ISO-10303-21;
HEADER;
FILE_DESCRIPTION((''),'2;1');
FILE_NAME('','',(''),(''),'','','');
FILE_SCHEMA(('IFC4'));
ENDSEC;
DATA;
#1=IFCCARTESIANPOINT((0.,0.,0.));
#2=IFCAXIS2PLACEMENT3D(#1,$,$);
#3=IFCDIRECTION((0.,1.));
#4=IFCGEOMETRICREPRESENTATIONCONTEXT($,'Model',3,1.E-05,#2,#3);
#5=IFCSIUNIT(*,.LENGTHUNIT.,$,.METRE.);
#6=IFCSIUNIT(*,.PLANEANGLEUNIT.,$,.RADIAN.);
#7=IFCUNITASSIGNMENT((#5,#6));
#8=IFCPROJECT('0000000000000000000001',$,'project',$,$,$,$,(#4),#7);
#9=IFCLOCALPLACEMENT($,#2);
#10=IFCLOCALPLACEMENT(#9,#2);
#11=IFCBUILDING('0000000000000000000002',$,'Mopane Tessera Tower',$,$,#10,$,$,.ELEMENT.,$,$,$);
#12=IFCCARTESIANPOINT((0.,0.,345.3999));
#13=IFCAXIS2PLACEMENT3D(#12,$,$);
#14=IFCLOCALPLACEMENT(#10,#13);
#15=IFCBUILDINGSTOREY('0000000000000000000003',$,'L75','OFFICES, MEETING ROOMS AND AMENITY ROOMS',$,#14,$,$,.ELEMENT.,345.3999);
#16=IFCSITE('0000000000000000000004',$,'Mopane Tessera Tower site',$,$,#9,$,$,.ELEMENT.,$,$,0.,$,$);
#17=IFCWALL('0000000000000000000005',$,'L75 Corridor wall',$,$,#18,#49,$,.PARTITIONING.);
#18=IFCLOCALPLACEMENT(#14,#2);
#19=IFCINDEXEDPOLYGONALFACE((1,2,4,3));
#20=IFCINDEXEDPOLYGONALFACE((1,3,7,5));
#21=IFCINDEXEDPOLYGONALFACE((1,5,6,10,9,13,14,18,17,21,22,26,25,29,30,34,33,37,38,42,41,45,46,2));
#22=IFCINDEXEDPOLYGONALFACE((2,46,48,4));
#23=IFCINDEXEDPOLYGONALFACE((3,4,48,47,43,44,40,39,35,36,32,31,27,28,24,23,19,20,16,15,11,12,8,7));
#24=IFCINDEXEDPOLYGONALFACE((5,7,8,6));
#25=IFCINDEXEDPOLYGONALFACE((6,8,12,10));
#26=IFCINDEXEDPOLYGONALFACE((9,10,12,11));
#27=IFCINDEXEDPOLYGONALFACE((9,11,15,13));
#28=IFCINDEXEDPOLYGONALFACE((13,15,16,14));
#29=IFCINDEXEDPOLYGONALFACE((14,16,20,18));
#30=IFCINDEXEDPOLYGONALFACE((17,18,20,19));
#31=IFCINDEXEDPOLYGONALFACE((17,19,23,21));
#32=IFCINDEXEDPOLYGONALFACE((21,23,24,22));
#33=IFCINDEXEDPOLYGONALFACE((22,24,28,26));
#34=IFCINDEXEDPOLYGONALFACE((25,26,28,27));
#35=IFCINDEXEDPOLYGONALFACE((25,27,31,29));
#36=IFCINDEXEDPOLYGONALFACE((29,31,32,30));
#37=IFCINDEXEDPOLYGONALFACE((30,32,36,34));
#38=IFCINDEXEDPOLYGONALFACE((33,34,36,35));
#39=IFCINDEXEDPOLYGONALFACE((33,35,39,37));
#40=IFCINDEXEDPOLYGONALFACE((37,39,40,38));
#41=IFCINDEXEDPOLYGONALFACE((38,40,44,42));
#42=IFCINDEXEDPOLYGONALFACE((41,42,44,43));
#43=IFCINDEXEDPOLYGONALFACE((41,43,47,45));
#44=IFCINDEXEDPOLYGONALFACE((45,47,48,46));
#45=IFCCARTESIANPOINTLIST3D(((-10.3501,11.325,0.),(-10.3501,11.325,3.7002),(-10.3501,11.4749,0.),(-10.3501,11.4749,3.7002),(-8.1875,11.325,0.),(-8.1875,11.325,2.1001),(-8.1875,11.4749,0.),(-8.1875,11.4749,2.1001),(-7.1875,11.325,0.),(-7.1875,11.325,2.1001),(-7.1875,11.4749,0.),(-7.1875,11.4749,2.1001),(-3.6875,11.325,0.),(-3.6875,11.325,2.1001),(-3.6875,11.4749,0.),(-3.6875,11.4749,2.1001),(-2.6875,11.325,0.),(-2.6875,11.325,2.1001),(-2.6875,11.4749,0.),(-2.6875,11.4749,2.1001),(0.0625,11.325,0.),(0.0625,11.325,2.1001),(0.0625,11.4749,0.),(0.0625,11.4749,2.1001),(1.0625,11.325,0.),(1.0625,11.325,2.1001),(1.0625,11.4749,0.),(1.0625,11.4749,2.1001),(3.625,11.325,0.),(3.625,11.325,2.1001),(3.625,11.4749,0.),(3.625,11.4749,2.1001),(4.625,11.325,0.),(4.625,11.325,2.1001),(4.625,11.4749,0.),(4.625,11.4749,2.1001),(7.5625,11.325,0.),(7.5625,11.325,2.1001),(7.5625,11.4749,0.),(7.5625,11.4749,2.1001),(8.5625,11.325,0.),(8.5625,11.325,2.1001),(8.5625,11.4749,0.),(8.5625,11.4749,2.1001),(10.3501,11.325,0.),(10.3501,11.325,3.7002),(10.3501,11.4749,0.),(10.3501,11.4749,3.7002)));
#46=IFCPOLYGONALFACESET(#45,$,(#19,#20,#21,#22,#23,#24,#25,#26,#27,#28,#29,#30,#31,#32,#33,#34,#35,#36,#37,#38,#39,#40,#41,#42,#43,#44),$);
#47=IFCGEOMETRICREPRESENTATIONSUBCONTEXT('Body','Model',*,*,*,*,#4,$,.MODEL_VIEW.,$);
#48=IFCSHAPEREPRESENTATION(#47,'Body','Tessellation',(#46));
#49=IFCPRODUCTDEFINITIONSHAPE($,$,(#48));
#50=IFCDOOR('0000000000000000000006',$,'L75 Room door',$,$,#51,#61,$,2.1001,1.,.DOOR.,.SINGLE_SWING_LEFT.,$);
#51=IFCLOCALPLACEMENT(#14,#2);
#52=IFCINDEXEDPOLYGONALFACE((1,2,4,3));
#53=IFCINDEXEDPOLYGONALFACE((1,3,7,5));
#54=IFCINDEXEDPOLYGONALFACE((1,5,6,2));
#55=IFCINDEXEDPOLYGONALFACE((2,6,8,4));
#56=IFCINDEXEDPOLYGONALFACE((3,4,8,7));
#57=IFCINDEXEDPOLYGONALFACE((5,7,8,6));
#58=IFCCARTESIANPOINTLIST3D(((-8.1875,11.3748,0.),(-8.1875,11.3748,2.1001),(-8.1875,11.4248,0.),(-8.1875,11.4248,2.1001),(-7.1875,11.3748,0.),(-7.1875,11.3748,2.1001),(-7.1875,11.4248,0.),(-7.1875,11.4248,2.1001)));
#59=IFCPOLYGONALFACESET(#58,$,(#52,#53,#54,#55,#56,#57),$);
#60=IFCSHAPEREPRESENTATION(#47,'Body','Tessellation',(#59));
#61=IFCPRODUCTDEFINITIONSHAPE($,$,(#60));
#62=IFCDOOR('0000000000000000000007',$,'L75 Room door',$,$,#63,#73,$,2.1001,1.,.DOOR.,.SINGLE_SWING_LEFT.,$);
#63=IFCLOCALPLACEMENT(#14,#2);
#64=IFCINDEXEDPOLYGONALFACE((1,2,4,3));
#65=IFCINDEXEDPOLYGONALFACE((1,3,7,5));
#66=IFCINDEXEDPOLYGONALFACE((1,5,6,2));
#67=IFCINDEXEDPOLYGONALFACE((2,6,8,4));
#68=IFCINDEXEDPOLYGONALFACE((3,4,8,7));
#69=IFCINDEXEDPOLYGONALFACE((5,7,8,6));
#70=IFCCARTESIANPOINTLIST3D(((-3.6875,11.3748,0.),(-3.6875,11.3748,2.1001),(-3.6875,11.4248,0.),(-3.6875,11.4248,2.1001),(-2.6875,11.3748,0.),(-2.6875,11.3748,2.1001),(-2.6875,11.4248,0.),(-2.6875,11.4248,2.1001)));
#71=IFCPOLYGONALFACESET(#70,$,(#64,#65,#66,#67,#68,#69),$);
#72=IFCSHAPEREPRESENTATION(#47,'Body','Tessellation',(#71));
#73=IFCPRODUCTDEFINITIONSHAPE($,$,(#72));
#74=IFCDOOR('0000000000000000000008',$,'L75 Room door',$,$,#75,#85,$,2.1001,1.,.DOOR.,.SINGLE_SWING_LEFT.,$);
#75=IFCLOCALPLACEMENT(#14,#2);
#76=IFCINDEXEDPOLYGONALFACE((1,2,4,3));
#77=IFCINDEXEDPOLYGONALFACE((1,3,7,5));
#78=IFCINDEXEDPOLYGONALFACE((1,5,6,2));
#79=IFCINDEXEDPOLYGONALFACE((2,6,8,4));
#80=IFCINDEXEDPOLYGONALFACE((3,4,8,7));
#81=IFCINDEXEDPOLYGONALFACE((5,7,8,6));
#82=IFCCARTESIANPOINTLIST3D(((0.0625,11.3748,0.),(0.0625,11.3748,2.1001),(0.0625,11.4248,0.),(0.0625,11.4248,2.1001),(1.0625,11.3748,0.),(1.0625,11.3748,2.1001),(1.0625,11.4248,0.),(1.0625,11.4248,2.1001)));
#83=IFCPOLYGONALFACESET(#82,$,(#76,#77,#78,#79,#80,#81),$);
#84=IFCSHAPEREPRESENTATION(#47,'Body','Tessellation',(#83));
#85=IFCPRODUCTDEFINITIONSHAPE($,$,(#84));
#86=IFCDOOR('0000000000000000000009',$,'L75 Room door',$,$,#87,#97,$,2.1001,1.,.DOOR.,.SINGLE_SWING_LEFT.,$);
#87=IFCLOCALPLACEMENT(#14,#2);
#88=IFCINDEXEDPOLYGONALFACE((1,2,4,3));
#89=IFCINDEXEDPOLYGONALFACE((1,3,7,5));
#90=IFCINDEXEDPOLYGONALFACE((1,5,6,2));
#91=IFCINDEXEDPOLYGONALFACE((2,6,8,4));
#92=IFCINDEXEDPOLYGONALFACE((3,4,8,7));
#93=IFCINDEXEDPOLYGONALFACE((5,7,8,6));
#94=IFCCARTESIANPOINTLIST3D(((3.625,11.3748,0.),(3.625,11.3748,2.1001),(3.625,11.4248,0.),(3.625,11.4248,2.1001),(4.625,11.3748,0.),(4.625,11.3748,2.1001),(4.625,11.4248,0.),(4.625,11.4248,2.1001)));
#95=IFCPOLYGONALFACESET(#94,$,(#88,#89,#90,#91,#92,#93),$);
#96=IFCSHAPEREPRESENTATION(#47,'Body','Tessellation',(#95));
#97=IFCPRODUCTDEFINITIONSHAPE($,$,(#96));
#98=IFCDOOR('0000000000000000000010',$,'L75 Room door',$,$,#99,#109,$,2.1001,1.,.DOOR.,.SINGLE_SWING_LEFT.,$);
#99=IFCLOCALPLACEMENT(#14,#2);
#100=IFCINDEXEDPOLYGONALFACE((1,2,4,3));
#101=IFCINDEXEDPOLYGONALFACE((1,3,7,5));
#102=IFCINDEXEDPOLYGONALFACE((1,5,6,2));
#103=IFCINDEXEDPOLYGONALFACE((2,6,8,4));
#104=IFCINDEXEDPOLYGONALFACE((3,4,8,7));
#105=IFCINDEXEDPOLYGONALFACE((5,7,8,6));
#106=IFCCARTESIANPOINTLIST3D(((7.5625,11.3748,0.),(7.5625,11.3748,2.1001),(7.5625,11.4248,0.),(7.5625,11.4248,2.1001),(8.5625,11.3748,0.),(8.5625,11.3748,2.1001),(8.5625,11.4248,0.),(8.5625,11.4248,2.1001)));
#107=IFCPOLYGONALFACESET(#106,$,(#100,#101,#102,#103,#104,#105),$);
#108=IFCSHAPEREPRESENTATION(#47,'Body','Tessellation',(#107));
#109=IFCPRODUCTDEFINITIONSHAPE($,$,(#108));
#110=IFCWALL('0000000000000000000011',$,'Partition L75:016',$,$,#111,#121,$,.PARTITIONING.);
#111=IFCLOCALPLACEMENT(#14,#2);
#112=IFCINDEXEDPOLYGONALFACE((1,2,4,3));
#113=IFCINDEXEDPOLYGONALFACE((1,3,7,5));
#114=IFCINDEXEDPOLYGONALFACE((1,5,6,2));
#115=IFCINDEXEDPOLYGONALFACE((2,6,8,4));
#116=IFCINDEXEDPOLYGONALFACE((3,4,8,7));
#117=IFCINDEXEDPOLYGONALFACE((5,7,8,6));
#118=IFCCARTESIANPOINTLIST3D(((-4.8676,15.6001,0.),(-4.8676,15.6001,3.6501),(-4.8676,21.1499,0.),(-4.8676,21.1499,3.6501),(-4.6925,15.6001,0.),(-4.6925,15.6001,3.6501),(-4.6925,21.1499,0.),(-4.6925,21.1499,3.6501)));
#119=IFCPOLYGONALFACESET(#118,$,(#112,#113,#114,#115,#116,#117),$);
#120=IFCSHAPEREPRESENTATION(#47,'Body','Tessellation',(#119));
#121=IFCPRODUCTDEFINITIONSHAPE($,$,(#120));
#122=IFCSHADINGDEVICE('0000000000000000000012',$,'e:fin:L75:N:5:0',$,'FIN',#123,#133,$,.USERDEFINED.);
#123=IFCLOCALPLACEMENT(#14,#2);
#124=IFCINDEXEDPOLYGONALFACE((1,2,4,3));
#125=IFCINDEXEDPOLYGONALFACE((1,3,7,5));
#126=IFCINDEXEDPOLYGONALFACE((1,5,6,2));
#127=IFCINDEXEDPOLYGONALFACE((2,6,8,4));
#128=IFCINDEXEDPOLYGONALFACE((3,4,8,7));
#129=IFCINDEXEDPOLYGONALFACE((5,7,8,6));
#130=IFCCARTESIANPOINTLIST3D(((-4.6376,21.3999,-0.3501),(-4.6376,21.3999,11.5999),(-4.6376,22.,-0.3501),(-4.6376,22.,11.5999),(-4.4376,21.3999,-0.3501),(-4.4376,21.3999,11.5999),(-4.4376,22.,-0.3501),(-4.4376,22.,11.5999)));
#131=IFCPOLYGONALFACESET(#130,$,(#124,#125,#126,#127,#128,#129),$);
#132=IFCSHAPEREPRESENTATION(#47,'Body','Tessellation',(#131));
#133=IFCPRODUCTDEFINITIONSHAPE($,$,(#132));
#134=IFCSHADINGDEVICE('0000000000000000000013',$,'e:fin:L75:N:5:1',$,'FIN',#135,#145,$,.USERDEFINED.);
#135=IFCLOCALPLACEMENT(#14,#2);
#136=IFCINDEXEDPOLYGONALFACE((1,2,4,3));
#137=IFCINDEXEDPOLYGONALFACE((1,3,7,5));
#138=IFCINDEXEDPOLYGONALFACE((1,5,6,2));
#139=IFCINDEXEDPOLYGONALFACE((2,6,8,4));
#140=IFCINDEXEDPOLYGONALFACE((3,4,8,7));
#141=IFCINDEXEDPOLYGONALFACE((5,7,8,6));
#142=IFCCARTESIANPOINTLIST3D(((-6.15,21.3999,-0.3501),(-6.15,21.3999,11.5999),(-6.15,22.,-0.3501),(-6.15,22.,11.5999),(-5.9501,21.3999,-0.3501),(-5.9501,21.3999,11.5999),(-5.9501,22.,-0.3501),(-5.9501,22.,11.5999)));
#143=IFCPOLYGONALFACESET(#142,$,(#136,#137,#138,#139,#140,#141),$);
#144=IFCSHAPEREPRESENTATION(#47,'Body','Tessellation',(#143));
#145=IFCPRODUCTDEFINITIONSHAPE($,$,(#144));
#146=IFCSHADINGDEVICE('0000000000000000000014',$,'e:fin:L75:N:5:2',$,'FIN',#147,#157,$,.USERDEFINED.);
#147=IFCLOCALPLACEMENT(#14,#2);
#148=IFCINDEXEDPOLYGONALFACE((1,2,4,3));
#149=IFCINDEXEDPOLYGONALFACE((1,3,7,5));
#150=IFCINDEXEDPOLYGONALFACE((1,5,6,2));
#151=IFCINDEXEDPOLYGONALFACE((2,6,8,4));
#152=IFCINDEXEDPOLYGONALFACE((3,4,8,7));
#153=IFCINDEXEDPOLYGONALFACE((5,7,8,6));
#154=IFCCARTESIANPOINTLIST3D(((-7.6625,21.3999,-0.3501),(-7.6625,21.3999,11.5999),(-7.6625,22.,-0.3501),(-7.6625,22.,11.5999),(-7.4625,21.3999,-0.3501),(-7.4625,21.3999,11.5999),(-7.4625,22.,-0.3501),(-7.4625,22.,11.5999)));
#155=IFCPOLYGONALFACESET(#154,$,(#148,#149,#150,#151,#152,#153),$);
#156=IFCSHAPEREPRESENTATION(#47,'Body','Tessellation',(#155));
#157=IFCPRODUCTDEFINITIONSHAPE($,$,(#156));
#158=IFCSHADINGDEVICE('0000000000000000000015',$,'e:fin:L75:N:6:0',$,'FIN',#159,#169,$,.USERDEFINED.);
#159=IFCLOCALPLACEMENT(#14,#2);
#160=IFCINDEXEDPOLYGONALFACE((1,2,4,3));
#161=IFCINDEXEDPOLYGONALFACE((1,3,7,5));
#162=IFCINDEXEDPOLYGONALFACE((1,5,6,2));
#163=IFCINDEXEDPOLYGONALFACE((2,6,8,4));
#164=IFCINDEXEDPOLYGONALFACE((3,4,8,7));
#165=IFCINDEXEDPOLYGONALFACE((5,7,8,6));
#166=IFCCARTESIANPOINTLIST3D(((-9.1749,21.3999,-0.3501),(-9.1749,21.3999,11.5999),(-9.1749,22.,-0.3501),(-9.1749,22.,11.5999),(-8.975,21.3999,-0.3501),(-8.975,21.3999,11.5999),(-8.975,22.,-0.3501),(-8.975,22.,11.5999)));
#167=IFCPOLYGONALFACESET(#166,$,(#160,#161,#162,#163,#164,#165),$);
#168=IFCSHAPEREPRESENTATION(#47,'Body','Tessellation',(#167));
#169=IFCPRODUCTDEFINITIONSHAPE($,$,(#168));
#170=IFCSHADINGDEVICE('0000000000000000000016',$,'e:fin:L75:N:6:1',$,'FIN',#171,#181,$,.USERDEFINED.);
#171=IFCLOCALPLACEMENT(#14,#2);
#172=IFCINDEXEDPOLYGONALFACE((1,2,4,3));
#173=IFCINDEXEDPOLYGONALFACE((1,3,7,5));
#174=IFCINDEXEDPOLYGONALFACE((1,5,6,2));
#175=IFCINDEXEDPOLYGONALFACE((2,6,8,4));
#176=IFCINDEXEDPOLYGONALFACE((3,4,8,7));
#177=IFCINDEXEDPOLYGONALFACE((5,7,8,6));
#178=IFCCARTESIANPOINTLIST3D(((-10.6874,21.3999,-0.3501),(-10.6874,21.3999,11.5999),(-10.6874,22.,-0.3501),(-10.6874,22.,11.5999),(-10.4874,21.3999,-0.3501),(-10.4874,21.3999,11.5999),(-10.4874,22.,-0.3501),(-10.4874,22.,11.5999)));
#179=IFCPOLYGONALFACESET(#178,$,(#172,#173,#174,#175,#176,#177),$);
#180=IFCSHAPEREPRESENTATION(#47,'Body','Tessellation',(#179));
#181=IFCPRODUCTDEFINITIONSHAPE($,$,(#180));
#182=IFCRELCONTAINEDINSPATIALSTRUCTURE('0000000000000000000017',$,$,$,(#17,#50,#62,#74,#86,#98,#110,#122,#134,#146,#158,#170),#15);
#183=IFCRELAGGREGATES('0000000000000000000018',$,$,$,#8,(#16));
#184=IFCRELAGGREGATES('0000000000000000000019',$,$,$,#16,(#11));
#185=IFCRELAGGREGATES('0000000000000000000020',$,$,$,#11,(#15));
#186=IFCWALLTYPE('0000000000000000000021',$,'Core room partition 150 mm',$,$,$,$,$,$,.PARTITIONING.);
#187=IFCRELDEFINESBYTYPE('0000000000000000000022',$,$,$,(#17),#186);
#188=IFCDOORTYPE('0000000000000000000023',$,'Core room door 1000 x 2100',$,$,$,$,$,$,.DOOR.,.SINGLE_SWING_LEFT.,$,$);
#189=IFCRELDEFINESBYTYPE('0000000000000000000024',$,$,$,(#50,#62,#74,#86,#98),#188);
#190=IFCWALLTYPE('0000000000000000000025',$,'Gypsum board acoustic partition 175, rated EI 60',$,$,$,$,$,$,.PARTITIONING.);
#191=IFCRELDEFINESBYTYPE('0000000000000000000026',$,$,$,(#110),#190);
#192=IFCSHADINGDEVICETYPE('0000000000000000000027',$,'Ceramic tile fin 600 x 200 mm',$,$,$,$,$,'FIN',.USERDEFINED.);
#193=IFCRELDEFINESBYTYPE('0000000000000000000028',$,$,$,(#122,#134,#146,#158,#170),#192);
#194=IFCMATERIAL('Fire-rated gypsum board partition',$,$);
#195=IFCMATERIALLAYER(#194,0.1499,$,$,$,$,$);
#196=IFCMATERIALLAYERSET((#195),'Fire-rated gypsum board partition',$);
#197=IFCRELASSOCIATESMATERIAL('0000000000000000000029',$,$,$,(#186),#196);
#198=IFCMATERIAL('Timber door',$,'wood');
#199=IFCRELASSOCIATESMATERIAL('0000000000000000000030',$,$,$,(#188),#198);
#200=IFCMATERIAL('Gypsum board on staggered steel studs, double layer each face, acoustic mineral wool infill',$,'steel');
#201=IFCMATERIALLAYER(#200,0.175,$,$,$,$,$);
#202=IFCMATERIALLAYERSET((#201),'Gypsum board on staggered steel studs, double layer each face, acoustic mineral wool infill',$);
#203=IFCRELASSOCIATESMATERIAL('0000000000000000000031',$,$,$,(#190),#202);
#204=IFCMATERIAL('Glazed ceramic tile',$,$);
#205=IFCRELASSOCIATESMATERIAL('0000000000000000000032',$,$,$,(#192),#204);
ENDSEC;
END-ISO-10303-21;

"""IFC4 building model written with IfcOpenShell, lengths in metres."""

from ifc_helpers import new_model, si_unit, direction, frame, frame_2d, origin, origin_2d, place, context, subcontext, project, spatial, rectangle, extrude, material, layer, layer_set, type_object, element, fill, save


model = new_model("IFC4")

# Units and contexts
model_context = context("Model", 3, precision=1e-05, world=origin(), true_north=direction((0.0, 1.0)))
body_context = subcontext(model_context, "Body", "Model", "MODEL_VIEW")
ifc_project = project(units=[si_unit("LENGTHUNIT", "METRE"), si_unit("PLANEANGLEUNIT", "RADIAN")], contexts=[model_context])

# Site, building, storey
site_placement = place(None, origin())
site = spatial("IfcSite", under=ifc_project, at=site_placement, Name="Mopane Tessera Tower site", CompositionType="ELEMENT", RefElevation=0.0)
building_placement = place(site_placement, origin())
building = spatial("IfcBuilding", under=site, at=building_placement, Name="Mopane Tessera Tower", CompositionType="ELEMENT")
storey_placement = place(building_placement, frame((0.0, 0.0, 345.3999)))
storey = spatial("IfcBuildingStorey", under=building, at=storey_placement, Name="L75", Description="OFFICES, MEETING ROOMS AND AMENITY ROOMS", CompositionType="ELEMENT", Elevation=345.3999)

# Wall, openings, doors
ifc_material_1 = material(Name="Fire-rated gypsum board partition")
ifc_layer_1 = layer(ifc_material_1, 0.1499)
ifc_layer_set_1 = layer_set([ifc_layer_1], Name="Fire-rated gypsum board partition")
wall_type_1 = type_object("IfcWallType", Name="Core room partition 150 mm", PredefinedType="PARTITIONING", material=ifc_layer_set_1)
wall_1_placement = place(storey_placement, frame((-10.3501, 11.3999, 0.0), z_axis=(0.0, 0.0, 1.0), x_axis=(1.0, 0.0, 0.0)))
wall_1 = element("IfcWall", 1, at=wall_1_placement, inside=storey, type_object=wall_type_1, Name="L75 Corridor wall", PredefinedType="PARTITIONING", context=body_context, shape_type="SweptSolid", body=[
    extrude(rectangle(XDim=20.7002, YDim=0.1499, at=frame_2d((10.3501, 0.0))), origin(), (0.0, 0.0, 1.0), 3.7002),
])
opening_1_placement = place(wall_1_placement, frame((2.1626, 0.0, 0.0)))
opening_1 = element("IfcOpeningElement", 2, at=opening_1_placement, cuts=wall_1, PredefinedType="OPENING", context=body_context, shape_type="SweptSolid", body=[
    extrude(rectangle(XDim=1.0, YDim=2.1001, at=frame_2d((0.5, 1.05))), frame((0.0, 0.0869, 0.0), z_axis=(0.0, -1.0, 0.0), x_axis=(1.0, 0.0, 0.0)), (0.0, 0.0, 1.0), 0.1738),
])
opening_2_placement = place(wall_1_placement, frame((6.6626, 0.0, 0.0)))
opening_2 = element("IfcOpeningElement", 3, at=opening_2_placement, cuts=wall_1, PredefinedType="OPENING", context=body_context, shape_type="SweptSolid", body=[
    extrude(rectangle(XDim=1.0, YDim=2.1001, at=frame_2d((0.5, 1.05))), frame((0.0, 0.0869, 0.0), z_axis=(0.0, -1.0, 0.0), x_axis=(1.0, 0.0, 0.0)), (0.0, 0.0, 1.0), 0.1738),
])
opening_3_placement = place(wall_1_placement, frame((10.4126, 0.0, 0.0)))
opening_3 = element("IfcOpeningElement", 4, at=opening_3_placement, cuts=wall_1, PredefinedType="OPENING", context=body_context, shape_type="SweptSolid", body=[
    extrude(rectangle(XDim=1.0, YDim=2.1001, at=frame_2d((0.5, 1.05))), frame((0.0, 0.0869, 0.0), z_axis=(0.0, -1.0, 0.0), x_axis=(1.0, 0.0, 0.0)), (0.0, 0.0, 1.0), 0.1738),
])
opening_4_placement = place(wall_1_placement, frame((13.9751, 0.0, 0.0)))
opening_4 = element("IfcOpeningElement", 5, at=opening_4_placement, cuts=wall_1, PredefinedType="OPENING", context=body_context, shape_type="SweptSolid", body=[
    extrude(rectangle(XDim=1.0, YDim=2.1001, at=frame_2d((0.5, 1.05))), frame((0.0, 0.0869, 0.0), z_axis=(0.0, -1.0, 0.0), x_axis=(1.0, 0.0, 0.0)), (0.0, 0.0, 1.0), 0.1738),
])
opening_5_placement = place(wall_1_placement, frame((17.9126, 0.0, 0.0)))
opening_5 = element("IfcOpeningElement", 6, at=opening_5_placement, cuts=wall_1, PredefinedType="OPENING", context=body_context, shape_type="SweptSolid", body=[
    extrude(rectangle(XDim=1.0, YDim=2.1001, at=frame_2d((0.5, 1.05))), frame((0.0, 0.0869, 0.0), z_axis=(0.0, -1.0, 0.0), x_axis=(1.0, 0.0, 0.0)), (0.0, 0.0, 1.0), 0.1738),
])
ifc_material_2 = material(Name="Timber door", Category="wood")
door_type = type_object("IfcDoorType", Name="Core room door 1000 x 2100", OperationType="SINGLE_SWING_LEFT", PredefinedType="DOOR", material=ifc_material_2)
door_1_placement = place(opening_1_placement, origin())
door_1 = element("IfcDoor", 7, at=door_1_placement, inside=storey, type_object=door_type, Name="L75 Room door", OperationType="SINGLE_SWING_LEFT", OverallHeight=2.1001, OverallWidth=1.0, PredefinedType="DOOR", context=body_context, shape_type="SweptSolid", body=[
    extrude(rectangle(XDim=1.0, YDim=2.1001, at=frame_2d((0.5, 1.05))), frame((0.0, 0.0249, 0.0), z_axis=(0.0, -1.0, 0.0), x_axis=(1.0, 0.0, 0.0)), (0.0, 0.0, 1.0), 0.05),
])
fill(opening_1, door_1)
door_2_placement = place(opening_2_placement, origin())
door_2 = element("IfcDoor", 8, at=door_2_placement, inside=storey, type_object=door_type, Name="L75 Room door", OperationType="SINGLE_SWING_LEFT", OverallHeight=2.1001, OverallWidth=1.0, PredefinedType="DOOR", context=body_context, shape_type="SweptSolid", body=[
    extrude(rectangle(XDim=1.0, YDim=2.1001, at=frame_2d((0.5, 1.05))), frame((0.0, 0.0249, 0.0), z_axis=(0.0, -1.0, 0.0), x_axis=(1.0, 0.0, 0.0)), (0.0, 0.0, 1.0), 0.05),
])
fill(opening_2, door_2)
door_3_placement = place(opening_3_placement, origin())
door_3 = element("IfcDoor", 9, at=door_3_placement, inside=storey, type_object=door_type, Name="L75 Room door", OperationType="SINGLE_SWING_LEFT", OverallHeight=2.1001, OverallWidth=1.0, PredefinedType="DOOR", context=body_context, shape_type="SweptSolid", body=[
    extrude(rectangle(XDim=1.0, YDim=2.1001, at=frame_2d((0.5, 1.05))), frame((0.0, 0.0249, 0.0), z_axis=(0.0, -1.0, 0.0), x_axis=(1.0, 0.0, 0.0)), (0.0, 0.0, 1.0), 0.05),
])
fill(opening_3, door_3)
door_4_placement = place(opening_4_placement, origin())
door_4 = element("IfcDoor", 10, at=door_4_placement, inside=storey, type_object=door_type, Name="L75 Room door", OperationType="SINGLE_SWING_LEFT", OverallHeight=2.1001, OverallWidth=1.0, PredefinedType="DOOR", context=body_context, shape_type="SweptSolid", body=[
    extrude(rectangle(XDim=1.0, YDim=2.1001, at=frame_2d((0.5, 1.05))), frame((0.0, 0.0249, 0.0), z_axis=(0.0, -1.0, 0.0), x_axis=(1.0, 0.0, 0.0)), (0.0, 0.0, 1.0), 0.05),
])
fill(opening_4, door_4)
door_5_placement = place(opening_5_placement, origin())
door_5 = element("IfcDoor", 11, at=door_5_placement, inside=storey, type_object=door_type, Name="L75 Room door", OperationType="SINGLE_SWING_LEFT", OverallHeight=2.1001, OverallWidth=1.0, PredefinedType="DOOR", context=body_context, shape_type="SweptSolid", body=[
    extrude(rectangle(XDim=1.0, YDim=2.1001, at=frame_2d((0.5, 1.05))), frame((0.0, 0.0249, 0.0), z_axis=(0.0, -1.0, 0.0), x_axis=(1.0, 0.0, 0.0)), (0.0, 0.0, 1.0), 0.05),
])
fill(opening_5, door_5)

# Wall
ifc_material_3 = material(Name="Gypsum board on staggered steel studs, double layer each face, acoustic mineral wool infill", Category="steel")
ifc_layer_2 = layer(ifc_material_3, 0.175)
ifc_layer_set_2 = layer_set([ifc_layer_2], Name="Gypsum board on staggered steel studs, double layer each face, acoustic mineral wool infill")
wall_type_2 = type_object("IfcWallType", Name="Gypsum board acoustic partition 175, rated EI 60", PredefinedType="PARTITIONING", material=ifc_layer_set_2)
wall_2_placement = place(storey_placement, frame((-4.78, 15.6001, 0.0), z_axis=(0.0, 0.0, 1.0), x_axis=(0.0, 1.0, 0.0)))
element("IfcWall", 12, at=wall_2_placement, inside=storey, type_object=wall_type_2, Name="Partition L75:016", PredefinedType="PARTITIONING", context=body_context, shape_type="SweptSolid", body=[
    extrude(rectangle(XDim=5.5498, YDim=0.175, at=frame_2d((2.7749, 0.0))), origin(), (0.0, 0.0, 1.0), 3.6501),
])

# Shading devices
ifc_material_4 = material(Name="Glazed ceramic tile")
shading_device_type = type_object("IfcShadingDeviceType", Name="Ceramic tile fin 600 x 200 mm", ElementType="FIN", PredefinedType="USERDEFINED", material=ifc_material_4)
for number, where, z_axis, x_axis, name in (
    (13, (-4.5376, 21.7, -0.3501), (0.0, 0.0, 1.0), (-1.0, 0.0, 0.0), "e:fin:L75:N:5:0"),
    (14, (-6.05, 21.7, -0.3501), (0.0, 0.0, 1.0), (-1.0, 0.0, 0.0), "e:fin:L75:N:5:1"),
    (15, (-7.5625, 21.7, -0.3501), (0.0, 0.0, 1.0), (-1.0, 0.0, 0.0), "e:fin:L75:N:5:2"),
    (16, (-9.075, 21.7, -0.3501), (0.0, 0.0, 1.0), (-1.0, 0.0, 0.0), "e:fin:L75:N:6:0"),
    (17, (-10.5874, 21.7, -0.3501), (0.0, 0.0, 1.0), (-1.0, 0.0, 0.0), "e:fin:L75:N:6:1"),
):
    element("IfcShadingDevice", number, at=place(storey_placement, frame(where, z_axis=z_axis, x_axis=x_axis)), inside=storey, type_object=shading_device_type, Name=name, ObjectType="FIN", PredefinedType="USERDEFINED", context=body_context, shape_type="SweptSolid", body=[
        extrude(rectangle(XDim=0.2, YDim=0.6001, at=origin_2d()), origin(), (0.0, 0.0, 1.0), 11.95),
    ])

save(model, "model.ifc")
